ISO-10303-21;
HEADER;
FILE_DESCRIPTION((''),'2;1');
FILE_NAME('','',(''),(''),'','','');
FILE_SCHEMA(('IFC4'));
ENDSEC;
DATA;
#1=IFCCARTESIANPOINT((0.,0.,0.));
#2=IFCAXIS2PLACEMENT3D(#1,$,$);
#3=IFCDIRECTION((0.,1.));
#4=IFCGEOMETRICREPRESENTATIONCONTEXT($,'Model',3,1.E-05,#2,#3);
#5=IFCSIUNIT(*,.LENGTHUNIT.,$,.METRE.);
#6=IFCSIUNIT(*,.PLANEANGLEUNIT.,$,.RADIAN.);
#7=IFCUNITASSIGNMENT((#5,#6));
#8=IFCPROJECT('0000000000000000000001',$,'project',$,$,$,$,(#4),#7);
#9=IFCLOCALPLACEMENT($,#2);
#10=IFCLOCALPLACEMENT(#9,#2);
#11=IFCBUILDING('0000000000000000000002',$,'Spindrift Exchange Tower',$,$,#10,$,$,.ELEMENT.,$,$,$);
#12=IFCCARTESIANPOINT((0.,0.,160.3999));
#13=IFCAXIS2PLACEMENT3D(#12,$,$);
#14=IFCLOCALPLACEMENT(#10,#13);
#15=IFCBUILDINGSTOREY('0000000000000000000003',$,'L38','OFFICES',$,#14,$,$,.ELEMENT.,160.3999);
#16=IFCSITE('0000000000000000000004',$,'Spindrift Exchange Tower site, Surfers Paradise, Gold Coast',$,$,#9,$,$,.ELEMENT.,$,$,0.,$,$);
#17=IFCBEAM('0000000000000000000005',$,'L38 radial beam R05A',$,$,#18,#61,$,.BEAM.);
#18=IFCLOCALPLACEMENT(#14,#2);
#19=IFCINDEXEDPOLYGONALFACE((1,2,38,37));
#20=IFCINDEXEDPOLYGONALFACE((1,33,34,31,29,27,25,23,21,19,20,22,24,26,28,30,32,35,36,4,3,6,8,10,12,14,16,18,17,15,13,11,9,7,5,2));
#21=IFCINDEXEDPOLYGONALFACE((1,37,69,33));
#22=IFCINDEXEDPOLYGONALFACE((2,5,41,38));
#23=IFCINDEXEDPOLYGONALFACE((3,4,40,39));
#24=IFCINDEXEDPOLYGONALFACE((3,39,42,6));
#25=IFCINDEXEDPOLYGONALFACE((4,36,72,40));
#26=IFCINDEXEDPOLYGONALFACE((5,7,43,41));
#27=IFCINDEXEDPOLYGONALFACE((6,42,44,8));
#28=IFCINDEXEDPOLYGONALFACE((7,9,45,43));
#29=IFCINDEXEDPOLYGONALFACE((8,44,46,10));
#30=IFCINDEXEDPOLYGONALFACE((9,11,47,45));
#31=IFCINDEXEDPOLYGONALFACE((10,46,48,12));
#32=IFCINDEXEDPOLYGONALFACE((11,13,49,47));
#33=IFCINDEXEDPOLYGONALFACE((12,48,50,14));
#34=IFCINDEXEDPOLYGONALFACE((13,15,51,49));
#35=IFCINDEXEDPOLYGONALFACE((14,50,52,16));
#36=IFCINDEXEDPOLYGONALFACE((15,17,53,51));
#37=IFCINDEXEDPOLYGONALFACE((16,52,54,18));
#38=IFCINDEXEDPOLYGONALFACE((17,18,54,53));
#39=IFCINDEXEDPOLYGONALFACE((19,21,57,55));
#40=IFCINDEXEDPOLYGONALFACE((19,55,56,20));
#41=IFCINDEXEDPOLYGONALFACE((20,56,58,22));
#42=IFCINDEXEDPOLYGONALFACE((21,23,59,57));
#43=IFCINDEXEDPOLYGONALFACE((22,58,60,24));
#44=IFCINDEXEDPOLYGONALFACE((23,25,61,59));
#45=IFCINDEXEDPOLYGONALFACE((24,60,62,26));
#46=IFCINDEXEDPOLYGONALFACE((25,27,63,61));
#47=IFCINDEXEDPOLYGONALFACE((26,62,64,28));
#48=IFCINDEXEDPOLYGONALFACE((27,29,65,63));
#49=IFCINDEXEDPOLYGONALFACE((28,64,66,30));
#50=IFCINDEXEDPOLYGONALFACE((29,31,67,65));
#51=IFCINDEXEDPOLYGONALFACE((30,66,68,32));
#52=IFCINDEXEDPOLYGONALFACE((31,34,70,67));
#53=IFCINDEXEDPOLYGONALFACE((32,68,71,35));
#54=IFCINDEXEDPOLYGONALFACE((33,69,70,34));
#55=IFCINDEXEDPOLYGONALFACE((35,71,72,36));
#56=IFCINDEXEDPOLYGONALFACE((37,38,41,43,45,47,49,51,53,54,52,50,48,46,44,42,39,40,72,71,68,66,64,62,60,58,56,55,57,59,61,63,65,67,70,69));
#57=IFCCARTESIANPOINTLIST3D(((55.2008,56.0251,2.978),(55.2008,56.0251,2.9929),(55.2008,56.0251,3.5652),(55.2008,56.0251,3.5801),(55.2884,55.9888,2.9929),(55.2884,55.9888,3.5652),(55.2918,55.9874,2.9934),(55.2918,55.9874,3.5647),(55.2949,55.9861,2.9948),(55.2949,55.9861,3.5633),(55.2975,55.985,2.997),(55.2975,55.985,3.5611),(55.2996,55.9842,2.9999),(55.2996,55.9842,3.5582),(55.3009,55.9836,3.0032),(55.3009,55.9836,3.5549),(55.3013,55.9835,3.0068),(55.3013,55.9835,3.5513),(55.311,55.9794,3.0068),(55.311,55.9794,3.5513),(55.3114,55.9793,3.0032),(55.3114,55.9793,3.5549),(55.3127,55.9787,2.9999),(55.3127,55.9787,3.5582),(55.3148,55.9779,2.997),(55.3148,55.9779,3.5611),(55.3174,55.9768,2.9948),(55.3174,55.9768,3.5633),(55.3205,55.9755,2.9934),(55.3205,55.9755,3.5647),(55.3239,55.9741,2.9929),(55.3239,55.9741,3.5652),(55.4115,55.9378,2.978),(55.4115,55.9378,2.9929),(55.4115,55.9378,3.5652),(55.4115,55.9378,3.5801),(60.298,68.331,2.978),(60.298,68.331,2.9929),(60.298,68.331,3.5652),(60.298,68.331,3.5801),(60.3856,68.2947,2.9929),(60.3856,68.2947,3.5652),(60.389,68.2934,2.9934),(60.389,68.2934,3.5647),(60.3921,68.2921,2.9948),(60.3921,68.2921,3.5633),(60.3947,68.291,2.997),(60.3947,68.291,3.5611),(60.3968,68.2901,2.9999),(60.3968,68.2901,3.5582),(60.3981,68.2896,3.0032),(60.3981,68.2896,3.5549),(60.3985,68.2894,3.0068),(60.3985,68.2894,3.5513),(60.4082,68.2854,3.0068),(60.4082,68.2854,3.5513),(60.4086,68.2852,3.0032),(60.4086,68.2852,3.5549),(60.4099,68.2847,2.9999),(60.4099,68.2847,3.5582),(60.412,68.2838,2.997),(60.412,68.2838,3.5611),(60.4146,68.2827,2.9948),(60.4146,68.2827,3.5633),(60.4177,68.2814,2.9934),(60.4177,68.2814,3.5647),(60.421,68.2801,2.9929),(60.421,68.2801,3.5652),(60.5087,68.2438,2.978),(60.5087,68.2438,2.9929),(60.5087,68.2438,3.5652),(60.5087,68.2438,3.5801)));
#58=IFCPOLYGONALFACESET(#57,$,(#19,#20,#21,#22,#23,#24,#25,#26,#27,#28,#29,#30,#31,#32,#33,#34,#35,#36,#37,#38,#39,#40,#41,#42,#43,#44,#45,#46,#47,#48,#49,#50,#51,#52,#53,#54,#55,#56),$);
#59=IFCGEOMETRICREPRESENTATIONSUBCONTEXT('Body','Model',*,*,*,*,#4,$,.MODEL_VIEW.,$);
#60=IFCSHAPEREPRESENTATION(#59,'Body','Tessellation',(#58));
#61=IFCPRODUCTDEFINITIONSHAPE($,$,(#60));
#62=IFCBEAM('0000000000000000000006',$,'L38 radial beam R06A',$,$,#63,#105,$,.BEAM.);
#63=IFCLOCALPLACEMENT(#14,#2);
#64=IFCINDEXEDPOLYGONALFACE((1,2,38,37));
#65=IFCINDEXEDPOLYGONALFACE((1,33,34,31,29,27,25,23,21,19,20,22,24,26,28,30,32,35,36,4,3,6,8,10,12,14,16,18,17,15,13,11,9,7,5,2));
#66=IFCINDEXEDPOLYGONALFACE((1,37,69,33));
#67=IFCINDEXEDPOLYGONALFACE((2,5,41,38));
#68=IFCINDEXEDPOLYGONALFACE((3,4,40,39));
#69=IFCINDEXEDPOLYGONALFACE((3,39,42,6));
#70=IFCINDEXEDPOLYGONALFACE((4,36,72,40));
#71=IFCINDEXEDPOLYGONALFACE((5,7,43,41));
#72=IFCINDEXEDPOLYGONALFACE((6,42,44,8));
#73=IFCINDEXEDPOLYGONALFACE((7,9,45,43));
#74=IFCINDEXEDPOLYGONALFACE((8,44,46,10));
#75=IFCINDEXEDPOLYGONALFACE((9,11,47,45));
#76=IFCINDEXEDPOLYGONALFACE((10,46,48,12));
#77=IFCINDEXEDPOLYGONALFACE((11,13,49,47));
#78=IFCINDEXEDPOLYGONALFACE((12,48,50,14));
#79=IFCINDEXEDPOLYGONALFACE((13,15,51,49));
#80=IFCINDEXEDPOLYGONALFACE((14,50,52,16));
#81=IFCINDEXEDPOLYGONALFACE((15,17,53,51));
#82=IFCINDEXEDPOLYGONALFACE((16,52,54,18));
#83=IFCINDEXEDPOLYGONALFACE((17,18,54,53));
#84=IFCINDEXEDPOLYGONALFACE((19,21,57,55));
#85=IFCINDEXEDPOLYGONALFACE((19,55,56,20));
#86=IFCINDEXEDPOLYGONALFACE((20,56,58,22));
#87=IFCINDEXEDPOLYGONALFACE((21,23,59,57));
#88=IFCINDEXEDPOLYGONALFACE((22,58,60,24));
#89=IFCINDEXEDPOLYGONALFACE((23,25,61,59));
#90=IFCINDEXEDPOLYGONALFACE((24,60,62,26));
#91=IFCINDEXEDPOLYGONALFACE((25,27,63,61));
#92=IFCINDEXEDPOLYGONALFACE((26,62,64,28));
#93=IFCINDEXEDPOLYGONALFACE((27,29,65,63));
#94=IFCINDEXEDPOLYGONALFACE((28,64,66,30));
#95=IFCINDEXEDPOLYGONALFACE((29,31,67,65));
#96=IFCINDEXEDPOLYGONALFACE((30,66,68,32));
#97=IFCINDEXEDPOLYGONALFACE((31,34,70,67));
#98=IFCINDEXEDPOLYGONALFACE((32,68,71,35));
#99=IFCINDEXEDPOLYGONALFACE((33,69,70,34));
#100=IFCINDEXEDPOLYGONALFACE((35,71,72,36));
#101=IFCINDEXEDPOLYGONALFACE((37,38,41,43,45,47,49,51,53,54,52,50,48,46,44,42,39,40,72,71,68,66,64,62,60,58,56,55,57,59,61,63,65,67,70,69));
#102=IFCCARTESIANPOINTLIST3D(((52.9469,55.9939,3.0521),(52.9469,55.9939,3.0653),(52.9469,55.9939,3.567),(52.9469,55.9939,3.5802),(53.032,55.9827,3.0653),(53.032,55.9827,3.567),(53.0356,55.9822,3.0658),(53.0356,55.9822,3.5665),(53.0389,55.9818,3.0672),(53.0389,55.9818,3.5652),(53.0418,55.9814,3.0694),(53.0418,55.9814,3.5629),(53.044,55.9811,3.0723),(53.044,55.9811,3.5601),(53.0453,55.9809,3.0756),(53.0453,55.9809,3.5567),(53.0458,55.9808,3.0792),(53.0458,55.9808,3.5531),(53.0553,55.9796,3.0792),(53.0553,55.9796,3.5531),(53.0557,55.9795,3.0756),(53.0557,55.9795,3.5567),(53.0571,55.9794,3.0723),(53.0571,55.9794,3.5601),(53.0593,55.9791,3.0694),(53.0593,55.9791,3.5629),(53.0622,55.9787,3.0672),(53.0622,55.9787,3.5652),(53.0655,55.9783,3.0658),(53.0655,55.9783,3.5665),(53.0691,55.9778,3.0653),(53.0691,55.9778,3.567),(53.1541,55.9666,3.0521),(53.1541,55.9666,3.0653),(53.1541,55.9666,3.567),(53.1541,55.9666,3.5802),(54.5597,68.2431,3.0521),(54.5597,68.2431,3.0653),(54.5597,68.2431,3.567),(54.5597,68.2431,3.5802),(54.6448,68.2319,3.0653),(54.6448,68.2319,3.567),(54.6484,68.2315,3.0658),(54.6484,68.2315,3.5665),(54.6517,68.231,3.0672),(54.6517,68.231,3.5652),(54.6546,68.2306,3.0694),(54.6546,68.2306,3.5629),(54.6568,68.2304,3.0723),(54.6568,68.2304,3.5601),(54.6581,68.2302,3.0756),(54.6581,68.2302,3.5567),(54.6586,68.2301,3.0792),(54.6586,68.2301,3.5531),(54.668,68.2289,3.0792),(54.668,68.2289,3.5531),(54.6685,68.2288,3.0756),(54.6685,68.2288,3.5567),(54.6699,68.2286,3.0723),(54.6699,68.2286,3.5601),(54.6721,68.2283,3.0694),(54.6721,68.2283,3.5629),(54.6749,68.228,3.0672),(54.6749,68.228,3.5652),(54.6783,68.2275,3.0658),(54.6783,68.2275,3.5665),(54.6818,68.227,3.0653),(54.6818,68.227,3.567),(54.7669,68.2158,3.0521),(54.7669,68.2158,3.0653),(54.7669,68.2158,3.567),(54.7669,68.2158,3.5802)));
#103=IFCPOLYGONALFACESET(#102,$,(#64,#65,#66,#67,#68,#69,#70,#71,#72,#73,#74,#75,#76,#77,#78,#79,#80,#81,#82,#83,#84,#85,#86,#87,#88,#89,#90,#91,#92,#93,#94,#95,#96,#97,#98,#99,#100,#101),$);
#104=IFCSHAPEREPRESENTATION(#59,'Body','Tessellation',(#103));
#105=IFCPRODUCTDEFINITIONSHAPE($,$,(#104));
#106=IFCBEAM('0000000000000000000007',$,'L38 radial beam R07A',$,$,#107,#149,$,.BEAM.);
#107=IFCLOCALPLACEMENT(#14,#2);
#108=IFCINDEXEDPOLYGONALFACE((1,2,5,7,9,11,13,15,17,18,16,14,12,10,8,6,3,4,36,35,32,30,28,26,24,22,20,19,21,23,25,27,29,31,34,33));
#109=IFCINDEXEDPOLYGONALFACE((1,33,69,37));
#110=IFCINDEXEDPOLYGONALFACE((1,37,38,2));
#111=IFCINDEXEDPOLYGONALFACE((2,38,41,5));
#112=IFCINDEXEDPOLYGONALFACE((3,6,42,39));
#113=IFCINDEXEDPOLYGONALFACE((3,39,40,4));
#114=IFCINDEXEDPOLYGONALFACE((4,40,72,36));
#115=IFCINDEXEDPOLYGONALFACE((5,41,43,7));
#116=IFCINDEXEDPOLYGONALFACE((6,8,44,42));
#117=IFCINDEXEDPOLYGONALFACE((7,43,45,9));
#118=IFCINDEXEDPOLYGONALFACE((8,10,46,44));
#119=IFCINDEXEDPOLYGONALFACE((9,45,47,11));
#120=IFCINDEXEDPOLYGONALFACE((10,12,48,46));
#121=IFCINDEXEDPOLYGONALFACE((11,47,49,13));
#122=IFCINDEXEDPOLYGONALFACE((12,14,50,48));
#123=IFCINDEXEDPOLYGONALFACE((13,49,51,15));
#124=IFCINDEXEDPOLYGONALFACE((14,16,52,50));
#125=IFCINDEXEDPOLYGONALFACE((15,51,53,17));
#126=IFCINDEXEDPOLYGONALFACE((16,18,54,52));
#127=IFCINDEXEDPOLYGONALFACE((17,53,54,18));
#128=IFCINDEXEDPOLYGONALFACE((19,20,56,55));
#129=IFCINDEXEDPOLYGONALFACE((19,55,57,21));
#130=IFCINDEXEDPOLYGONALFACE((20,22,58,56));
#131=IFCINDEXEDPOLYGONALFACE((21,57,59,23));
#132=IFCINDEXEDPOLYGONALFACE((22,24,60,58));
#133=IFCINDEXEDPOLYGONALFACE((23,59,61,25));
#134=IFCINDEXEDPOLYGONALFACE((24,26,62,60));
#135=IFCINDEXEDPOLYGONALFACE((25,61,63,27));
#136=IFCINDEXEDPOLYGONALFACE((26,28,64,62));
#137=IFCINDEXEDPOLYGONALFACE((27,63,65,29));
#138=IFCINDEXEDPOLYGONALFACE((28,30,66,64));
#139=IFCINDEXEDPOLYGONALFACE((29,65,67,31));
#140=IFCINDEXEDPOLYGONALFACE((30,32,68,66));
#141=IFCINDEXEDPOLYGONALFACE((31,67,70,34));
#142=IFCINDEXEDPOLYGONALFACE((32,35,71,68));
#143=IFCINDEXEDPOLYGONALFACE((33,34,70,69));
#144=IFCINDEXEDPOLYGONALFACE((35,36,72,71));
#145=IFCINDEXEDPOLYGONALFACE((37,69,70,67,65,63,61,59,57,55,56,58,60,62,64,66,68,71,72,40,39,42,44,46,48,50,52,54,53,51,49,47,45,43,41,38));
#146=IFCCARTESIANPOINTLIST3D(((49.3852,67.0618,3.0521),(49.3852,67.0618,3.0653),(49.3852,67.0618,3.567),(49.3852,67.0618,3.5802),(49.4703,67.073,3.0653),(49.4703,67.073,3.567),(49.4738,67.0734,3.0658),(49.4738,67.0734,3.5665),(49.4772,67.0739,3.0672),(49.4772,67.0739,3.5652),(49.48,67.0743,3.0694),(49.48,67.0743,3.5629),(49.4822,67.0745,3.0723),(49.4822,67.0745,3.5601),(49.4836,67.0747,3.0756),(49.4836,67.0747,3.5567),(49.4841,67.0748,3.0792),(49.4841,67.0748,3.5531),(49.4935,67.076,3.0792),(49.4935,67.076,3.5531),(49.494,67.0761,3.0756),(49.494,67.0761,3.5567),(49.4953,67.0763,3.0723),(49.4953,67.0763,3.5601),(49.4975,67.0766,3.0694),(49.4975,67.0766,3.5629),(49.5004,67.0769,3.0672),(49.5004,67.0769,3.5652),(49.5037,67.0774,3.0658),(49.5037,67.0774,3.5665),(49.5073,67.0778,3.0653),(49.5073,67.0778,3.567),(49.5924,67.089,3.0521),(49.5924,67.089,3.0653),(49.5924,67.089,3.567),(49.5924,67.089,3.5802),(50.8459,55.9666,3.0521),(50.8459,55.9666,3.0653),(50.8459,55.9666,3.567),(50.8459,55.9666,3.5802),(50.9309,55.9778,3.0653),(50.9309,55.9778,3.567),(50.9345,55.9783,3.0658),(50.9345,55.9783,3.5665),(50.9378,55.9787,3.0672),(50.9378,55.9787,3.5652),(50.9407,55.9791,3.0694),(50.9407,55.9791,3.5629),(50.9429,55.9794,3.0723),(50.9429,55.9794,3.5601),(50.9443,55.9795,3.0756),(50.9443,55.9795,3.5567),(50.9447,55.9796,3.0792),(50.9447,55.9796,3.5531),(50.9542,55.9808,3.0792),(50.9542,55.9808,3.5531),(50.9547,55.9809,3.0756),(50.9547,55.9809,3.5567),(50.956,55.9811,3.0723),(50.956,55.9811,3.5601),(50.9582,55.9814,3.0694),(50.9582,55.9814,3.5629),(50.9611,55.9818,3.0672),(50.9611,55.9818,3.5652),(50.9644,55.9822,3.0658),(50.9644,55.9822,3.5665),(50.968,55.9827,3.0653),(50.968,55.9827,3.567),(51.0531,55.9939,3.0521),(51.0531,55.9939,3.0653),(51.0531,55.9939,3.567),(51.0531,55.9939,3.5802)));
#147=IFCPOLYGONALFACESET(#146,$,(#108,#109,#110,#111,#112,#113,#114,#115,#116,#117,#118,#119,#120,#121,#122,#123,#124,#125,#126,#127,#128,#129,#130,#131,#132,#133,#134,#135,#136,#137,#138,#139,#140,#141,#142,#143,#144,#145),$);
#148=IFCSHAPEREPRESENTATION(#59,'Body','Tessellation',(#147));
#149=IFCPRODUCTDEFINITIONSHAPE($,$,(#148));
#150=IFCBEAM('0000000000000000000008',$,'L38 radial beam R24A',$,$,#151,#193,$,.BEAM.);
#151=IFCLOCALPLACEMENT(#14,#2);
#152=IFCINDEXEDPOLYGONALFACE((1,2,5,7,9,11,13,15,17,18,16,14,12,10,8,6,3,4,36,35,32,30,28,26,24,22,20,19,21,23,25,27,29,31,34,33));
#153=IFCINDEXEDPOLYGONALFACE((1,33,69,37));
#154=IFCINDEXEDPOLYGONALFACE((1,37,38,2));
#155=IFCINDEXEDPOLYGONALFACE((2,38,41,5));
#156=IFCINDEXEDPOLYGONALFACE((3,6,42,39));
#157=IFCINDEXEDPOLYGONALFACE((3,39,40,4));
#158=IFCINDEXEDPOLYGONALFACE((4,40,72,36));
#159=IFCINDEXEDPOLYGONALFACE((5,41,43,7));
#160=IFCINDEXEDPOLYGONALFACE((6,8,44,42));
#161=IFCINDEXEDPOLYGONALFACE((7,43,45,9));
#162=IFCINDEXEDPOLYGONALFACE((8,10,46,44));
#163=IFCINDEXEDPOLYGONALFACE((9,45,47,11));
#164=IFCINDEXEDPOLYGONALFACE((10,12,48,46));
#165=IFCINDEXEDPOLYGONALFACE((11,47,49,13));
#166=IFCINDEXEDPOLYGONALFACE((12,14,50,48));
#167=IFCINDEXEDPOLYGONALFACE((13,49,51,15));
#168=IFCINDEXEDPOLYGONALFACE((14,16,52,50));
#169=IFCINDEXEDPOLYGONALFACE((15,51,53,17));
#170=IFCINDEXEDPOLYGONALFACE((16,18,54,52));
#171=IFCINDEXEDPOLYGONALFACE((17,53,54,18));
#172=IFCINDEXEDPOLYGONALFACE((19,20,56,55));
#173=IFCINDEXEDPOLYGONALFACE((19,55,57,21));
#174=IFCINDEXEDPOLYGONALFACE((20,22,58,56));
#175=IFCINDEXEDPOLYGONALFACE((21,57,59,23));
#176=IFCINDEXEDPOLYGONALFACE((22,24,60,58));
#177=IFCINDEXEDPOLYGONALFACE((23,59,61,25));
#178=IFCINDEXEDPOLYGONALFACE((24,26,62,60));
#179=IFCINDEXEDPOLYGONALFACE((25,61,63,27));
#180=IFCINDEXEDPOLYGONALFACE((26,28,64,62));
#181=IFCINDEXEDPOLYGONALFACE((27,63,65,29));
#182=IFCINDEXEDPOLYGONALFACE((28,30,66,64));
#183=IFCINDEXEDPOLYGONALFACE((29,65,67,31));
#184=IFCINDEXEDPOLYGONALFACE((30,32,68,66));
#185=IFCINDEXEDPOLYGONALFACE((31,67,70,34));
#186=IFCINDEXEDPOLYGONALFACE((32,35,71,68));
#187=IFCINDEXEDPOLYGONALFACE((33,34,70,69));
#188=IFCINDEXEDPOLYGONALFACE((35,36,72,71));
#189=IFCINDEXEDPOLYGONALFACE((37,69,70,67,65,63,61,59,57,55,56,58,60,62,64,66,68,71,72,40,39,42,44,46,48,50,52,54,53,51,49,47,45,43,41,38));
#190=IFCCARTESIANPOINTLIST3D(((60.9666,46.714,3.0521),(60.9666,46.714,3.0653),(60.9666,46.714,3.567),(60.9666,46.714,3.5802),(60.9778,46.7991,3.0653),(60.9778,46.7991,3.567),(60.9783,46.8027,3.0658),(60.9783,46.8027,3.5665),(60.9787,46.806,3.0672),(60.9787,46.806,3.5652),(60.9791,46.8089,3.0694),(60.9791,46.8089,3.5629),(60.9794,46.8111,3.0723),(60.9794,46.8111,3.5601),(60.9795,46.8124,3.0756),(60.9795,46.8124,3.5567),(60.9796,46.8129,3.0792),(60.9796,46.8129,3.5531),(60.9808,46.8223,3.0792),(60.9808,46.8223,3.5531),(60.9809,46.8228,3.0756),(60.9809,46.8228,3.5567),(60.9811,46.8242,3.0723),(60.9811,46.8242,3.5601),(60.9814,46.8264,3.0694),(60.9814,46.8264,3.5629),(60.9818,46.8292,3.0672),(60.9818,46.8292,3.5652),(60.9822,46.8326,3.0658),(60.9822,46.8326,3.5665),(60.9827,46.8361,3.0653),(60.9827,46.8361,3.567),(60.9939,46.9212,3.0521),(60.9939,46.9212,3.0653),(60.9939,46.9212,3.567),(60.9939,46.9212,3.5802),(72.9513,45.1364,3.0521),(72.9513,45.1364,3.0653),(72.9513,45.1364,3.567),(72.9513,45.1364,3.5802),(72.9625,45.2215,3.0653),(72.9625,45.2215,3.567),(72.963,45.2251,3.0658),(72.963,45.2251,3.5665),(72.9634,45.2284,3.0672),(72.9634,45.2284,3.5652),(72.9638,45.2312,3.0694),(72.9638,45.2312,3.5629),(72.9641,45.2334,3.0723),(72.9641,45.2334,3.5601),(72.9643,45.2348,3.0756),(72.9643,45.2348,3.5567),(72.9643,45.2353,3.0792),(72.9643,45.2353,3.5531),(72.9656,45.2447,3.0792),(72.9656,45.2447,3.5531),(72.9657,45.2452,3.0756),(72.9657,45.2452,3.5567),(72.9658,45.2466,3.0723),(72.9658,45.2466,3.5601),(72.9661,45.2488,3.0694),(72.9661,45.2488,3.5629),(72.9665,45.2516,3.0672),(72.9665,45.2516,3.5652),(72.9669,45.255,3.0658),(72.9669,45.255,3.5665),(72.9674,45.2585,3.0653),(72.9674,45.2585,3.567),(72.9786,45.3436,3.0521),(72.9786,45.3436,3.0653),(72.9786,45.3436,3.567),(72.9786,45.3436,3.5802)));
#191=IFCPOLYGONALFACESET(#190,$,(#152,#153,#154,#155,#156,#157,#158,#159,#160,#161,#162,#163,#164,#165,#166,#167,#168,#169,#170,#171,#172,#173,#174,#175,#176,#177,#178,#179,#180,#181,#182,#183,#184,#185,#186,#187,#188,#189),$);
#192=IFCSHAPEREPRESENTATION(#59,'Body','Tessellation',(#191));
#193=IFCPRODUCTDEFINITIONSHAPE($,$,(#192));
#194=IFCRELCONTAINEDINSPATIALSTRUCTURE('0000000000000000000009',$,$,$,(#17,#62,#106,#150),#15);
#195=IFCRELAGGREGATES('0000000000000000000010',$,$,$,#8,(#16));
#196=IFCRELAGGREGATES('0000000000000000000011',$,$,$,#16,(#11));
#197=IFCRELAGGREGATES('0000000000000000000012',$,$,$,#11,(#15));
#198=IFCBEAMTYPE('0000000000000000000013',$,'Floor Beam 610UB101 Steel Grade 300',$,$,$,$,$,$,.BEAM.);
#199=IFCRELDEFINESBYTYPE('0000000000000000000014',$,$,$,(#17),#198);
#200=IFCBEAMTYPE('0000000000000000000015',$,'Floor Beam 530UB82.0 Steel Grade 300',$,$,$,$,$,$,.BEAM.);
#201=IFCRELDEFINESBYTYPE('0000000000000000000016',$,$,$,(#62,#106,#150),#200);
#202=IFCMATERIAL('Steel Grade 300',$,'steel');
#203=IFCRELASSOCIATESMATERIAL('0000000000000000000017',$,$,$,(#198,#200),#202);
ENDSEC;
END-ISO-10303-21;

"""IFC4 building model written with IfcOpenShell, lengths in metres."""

from ifc_helpers import new_model, si_unit, direction, frame, origin, origin_2d, place, context, subcontext, project, spatial, i_section, extrude, source, transform, mapped, material, material_profile, profile_set, type_object, element, save


model = new_model("IFC4")

# Units and contexts
model_context = context("Model", 3, precision=1e-05, world=origin(), true_north=direction((0.0, 1.0)))
body_context = subcontext(model_context, "Body", "Model", "MODEL_VIEW")
ifc_project = project(units=[si_unit("LENGTHUNIT", "METRE"), si_unit("PLANEANGLEUNIT", "RADIAN")], contexts=[model_context])

# Site, building, storey
site_placement = place(None, origin())
site = spatial("IfcSite", under=ifc_project, at=site_placement, Name="Spindrift Exchange Tower site, Surfers Paradise, Gold Coast", CompositionType="ELEMENT", RefElevation=0.0)
building_placement = place(site_placement, origin())
building = spatial("IfcBuilding", under=site, at=building_placement, Name="Spindrift Exchange Tower", CompositionType="ELEMENT")
storey_placement = place(building_placement, frame((0.0, 0.0, 160.3999)))
storey = spatial("IfcBuildingStorey", under=building, at=storey_placement, Name="L38", Description="OFFICES", CompositionType="ELEMENT", Elevation=160.3999)

# Beams
ifc_material_1 = material(Name="Steel Grade 300", Category="steel")
ifc_material_profile_1 = material_profile(ifc_material_1, i_section(OverallWidth=0.228, OverallDepth=0.6021, WebThickness=0.0105, FlangeThickness=0.0149, FilletRadius=0.0139, at=origin_2d()), Name="610UB101")
ifc_profile_set_1 = profile_set([ifc_material_profile_1], Name="Steel Grade 300")
beam_type_1 = type_object("IfcBeamType", Name="Floor Beam 610UB101 Steel Grade 300", PredefinedType="BEAM", material=ifc_profile_set_1)
shared_shape_1 = source(origin(), body_context, "Body", "SweptSolid", [
    extrude(i_section(OverallWidth=0.228, OverallDepth=0.6021, WebThickness=0.0105, FlangeThickness=0.0149, FilletRadius=0.0139, at=origin_2d()), origin(), (0.0, 0.0, 1.0), 13.3198),
])
beam_1_placement = place(storey_placement, frame((55.3062, 55.9814, 3.2791), z_axis=(0.382677, 0.923882, 0.0), x_axis=(-0.923882, 0.382677, 0.0)))
element("IfcBeam", 1, at=beam_1_placement, inside=storey, type_object=beam_type_1, Name="L38 radial beam R05A", PredefinedType="BEAM", context=body_context, shape_type="MappedRepresentation", body=[
    mapped(shared_shape_1, transform((0.0, 0.0, 0.0), scale=1.0)),
])
ifc_material_profile_2 = material_profile(ifc_material_1, i_section(OverallWidth=0.209, OverallDepth=0.5281, WebThickness=0.0095, FlangeThickness=0.0132, FilletRadius=0.0139, at=origin_2d()), Name="530UB82.0")
ifc_profile_set_2 = profile_set([ifc_material_profile_2], Name="Steel Grade 300")
beam_type_2 = type_object("IfcBeamType", Name="Floor Beam 530UB82.0 Steel Grade 300", PredefinedType="BEAM", material=ifc_profile_set_2)
shared_shape_2 = source(origin(), body_context, "Body", "SweptSolid", [
    extrude(i_section(OverallWidth=0.209, OverallDepth=0.5281, WebThickness=0.0095, FlangeThickness=0.0132, FilletRadius=0.0139, at=origin_2d()), origin(), (0.0, 0.0, 1.0), 12.355),
])
beam_2_placement = place(storey_placement, frame((53.0505, 55.9802, 3.3162), z_axis=(0.130538, 0.991443, 0.0), x_axis=(-0.991443, 0.130538, 0.0)))
element("IfcBeam", 2, at=beam_2_placement, inside=storey, type_object=beam_type_2, Name="L38 radial beam R06A", PredefinedType="BEAM", context=body_context, shape_type="MappedRepresentation", body=[
    mapped(shared_shape_2, transform((0.0, 0.0, 0.0), scale=1.0)),
])
shared_shape_3 = source(origin(), body_context, "Body", "SweptSolid", [
    extrude(i_section(OverallWidth=0.209, OverallDepth=0.5281, WebThickness=0.0095, FlangeThickness=0.0132, FilletRadius=0.0139, at=origin_2d()), origin(), (0.0, 0.0, 1.0), 11.1909),
])
beam_3_placement = place(storey_placement, frame((50.9495, 55.9802, 3.3162), z_axis=(-0.130524, 0.991445, 0.0), x_axis=(-0.991445, -0.130524, 0.0)))
element("IfcBeam", 3, at=beam_3_placement, inside=storey, type_object=beam_type_2, Name="L38 radial beam R07A", PredefinedType="BEAM", context=body_context, shape_type="MappedRepresentation", body=[
    mapped(shared_shape_3, transform((0.0, 0.0, 0.0), scale=1.0)),
])
shared_shape_4 = source(origin(), body_context, "Body", "SweptSolid", [
    extrude(i_section(OverallWidth=0.209, OverallDepth=0.5281, WebThickness=0.0095, FlangeThickness=0.0132, FilletRadius=0.0139, at=origin_2d()), origin(), (0.0, 0.0, 1.0), 12.0881),
])
beam_4_placement = place(storey_placement, frame((60.9802, 46.8176, 3.3162), z_axis=(0.991447, -0.13051, 0.0), x_axis=(0.13051, 0.991447, 0.0)))
element("IfcBeam", 4, at=beam_4_placement, inside=storey, type_object=beam_type_2, Name="L38 radial beam R24A", PredefinedType="BEAM", context=body_context, shape_type="MappedRepresentation", body=[
    mapped(shared_shape_4, transform((0.0, 0.0, 0.0), scale=1.0)),
])

save(model, "model.ifc")
